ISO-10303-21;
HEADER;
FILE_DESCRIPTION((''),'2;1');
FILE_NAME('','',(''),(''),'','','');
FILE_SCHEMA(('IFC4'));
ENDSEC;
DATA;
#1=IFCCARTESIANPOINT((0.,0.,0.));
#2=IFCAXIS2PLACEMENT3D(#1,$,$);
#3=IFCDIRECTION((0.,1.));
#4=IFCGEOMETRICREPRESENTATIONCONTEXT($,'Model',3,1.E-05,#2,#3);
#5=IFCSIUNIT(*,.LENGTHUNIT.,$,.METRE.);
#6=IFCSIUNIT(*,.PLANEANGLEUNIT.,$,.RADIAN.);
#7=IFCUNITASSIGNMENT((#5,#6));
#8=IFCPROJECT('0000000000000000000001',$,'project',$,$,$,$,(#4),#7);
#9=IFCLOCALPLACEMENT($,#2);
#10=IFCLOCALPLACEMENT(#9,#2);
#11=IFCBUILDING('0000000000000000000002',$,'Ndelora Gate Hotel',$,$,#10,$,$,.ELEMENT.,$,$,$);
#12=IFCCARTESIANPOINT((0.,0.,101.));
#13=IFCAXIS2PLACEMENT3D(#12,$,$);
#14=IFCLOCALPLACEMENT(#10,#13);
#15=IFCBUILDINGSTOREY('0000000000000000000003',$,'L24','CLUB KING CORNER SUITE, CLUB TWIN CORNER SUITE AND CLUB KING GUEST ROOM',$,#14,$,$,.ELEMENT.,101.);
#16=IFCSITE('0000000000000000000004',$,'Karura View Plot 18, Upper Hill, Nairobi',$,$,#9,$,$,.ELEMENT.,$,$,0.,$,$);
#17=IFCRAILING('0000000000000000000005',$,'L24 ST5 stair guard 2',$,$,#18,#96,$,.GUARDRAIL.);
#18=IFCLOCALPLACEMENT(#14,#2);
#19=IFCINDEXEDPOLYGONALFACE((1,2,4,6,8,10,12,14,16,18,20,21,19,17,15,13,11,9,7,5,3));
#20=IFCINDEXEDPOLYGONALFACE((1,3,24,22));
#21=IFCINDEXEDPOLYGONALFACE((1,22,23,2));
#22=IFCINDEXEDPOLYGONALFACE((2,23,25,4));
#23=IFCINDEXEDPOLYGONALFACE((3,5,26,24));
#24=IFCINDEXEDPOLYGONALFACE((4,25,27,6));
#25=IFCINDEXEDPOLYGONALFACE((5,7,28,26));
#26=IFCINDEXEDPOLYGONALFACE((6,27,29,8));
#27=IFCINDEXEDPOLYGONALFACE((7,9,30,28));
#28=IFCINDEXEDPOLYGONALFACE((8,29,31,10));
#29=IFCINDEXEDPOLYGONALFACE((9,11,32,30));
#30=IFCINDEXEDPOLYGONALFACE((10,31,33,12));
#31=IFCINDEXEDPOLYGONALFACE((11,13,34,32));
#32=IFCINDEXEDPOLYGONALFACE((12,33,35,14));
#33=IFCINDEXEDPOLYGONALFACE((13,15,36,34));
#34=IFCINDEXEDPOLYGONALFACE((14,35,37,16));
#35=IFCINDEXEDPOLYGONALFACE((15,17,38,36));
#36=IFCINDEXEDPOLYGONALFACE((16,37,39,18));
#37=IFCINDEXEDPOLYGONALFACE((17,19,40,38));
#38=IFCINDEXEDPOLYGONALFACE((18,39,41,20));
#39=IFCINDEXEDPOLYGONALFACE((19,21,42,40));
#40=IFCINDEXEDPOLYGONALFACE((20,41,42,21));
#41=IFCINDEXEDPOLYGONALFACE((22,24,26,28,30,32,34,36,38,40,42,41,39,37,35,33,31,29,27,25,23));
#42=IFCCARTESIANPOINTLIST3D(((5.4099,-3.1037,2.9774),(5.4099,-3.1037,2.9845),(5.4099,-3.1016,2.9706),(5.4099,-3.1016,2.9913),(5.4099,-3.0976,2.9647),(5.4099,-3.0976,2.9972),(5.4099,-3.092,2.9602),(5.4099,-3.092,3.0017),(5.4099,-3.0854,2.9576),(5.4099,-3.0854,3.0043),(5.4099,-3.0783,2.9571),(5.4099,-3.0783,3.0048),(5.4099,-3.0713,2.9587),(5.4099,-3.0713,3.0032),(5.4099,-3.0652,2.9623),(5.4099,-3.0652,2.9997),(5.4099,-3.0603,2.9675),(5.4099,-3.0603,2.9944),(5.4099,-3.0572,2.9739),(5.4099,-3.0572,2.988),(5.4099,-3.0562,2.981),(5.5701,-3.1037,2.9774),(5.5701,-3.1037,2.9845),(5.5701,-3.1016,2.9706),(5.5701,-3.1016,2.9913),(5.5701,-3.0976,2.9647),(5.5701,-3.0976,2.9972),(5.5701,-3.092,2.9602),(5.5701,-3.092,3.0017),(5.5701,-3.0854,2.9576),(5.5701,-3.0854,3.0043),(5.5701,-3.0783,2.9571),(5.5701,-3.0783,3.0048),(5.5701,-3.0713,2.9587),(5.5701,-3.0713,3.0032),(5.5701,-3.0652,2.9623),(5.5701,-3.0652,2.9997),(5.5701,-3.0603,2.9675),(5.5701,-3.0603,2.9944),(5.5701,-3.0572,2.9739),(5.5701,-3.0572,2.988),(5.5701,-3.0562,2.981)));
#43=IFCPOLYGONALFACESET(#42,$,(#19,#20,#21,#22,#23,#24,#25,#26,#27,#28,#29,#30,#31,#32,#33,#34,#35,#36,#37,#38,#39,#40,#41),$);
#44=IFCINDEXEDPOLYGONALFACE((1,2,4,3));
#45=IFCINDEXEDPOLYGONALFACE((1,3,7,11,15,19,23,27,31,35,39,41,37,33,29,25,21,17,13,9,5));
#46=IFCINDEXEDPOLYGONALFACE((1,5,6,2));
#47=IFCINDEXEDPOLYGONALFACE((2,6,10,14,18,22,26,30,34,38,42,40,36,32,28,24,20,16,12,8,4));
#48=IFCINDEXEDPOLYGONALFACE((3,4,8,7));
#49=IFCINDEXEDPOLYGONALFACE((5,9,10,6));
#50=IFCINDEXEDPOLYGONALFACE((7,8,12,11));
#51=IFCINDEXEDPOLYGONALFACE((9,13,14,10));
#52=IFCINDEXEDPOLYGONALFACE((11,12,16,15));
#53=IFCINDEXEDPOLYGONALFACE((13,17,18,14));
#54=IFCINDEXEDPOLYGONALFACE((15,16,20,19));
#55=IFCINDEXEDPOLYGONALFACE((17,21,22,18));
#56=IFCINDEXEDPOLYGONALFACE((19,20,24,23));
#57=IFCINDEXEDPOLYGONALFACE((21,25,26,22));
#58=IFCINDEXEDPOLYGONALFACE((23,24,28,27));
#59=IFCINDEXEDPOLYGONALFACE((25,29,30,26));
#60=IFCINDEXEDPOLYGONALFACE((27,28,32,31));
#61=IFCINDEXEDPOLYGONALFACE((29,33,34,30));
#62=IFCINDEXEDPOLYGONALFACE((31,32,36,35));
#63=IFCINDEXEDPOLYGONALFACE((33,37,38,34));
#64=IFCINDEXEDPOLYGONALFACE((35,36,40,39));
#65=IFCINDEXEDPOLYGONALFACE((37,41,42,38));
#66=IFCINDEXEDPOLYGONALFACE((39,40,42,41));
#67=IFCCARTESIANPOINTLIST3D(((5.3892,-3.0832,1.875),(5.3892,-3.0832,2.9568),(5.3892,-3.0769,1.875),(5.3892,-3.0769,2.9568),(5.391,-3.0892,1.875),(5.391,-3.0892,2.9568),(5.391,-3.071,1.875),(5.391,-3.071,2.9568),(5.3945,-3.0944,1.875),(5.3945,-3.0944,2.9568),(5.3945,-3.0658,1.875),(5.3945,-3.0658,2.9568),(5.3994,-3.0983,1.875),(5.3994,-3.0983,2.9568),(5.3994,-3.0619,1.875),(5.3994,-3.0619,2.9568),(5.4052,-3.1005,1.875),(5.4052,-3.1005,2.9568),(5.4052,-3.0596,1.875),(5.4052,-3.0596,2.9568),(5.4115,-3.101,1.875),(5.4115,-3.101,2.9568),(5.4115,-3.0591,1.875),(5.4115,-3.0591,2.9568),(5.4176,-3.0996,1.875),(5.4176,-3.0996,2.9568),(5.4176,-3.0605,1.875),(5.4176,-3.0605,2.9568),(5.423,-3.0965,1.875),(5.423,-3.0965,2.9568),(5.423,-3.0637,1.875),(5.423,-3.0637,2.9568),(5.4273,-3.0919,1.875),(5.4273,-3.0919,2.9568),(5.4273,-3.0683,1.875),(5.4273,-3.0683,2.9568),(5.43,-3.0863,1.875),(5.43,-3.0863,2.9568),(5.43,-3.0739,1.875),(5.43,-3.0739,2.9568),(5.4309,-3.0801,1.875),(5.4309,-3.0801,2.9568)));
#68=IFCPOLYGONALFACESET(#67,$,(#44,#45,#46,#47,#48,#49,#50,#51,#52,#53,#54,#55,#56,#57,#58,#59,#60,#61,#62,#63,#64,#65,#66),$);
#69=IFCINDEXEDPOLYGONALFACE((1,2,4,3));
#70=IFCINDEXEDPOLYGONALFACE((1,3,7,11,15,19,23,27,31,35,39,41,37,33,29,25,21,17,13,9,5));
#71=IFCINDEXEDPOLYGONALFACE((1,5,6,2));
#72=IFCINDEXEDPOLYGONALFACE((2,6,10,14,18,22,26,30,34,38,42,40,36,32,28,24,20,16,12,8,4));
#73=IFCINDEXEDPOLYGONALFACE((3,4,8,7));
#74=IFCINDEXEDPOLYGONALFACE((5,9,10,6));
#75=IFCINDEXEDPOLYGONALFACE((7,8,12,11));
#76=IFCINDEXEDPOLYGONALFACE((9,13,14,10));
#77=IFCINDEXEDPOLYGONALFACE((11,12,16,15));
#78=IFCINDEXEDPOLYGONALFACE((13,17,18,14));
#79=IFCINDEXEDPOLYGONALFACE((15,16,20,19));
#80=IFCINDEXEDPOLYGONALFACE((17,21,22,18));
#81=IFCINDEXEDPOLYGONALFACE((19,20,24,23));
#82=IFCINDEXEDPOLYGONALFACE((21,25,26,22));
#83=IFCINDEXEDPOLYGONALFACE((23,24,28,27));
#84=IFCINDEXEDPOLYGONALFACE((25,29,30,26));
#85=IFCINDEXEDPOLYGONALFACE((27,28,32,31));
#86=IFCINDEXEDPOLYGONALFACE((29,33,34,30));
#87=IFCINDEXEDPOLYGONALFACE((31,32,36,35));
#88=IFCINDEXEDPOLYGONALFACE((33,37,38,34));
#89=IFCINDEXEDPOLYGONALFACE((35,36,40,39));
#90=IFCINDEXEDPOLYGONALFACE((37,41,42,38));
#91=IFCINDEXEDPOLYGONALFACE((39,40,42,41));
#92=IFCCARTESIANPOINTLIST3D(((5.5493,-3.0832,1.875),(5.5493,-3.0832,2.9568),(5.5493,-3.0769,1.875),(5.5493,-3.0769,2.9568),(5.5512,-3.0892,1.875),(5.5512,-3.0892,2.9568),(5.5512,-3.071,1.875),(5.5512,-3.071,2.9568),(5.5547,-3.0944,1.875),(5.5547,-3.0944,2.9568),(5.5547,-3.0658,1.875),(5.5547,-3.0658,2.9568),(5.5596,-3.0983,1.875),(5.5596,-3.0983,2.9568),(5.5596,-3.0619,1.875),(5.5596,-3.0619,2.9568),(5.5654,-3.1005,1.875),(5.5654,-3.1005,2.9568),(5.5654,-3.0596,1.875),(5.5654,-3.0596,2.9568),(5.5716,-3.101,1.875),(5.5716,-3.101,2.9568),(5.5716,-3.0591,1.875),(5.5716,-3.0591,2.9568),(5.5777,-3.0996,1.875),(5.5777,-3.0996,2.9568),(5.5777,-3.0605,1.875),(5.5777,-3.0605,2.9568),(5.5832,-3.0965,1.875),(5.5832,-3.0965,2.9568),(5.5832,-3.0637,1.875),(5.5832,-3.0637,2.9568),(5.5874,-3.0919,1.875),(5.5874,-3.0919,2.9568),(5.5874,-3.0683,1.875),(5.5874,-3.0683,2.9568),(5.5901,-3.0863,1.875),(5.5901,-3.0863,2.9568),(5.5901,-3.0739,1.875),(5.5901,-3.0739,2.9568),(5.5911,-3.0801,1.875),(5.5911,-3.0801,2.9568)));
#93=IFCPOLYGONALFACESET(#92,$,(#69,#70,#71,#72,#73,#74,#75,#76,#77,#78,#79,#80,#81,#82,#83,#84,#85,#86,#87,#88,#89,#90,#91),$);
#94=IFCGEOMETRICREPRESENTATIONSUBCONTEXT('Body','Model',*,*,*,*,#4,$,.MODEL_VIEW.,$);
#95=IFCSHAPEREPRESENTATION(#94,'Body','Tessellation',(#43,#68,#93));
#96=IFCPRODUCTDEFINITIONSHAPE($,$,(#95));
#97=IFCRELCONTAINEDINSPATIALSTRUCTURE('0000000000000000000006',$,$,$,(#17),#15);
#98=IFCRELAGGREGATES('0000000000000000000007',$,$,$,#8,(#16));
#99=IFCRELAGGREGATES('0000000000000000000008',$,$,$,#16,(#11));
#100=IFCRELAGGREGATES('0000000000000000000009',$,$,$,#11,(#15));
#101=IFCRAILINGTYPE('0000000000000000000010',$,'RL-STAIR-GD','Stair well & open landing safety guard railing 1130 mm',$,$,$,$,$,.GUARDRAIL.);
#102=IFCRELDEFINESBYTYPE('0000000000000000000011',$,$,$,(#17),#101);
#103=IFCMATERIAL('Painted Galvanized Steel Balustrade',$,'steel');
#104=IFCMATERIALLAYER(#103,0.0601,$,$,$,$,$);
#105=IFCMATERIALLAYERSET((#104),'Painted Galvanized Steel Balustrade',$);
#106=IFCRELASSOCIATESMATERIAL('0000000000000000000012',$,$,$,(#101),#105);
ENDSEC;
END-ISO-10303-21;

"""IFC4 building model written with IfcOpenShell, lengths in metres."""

from ifc_helpers import new_model, si_unit, direction, frame, origin, origin_2d, place, context, subcontext, project, spatial, circle, extrude, material, layer, layer_set, type_object, element, save


model = new_model("IFC4")

# Units and contexts
model_context = context("Model", 3, precision=1e-05, world=origin(), true_north=direction((0.0, 1.0)))
body_context = subcontext(model_context, "Body", "Model", "MODEL_VIEW")
ifc_project = project(units=[si_unit("LENGTHUNIT", "METRE"), si_unit("PLANEANGLEUNIT", "RADIAN")], contexts=[model_context])

# Site, building, storey
site_placement = place(None, origin())
site = spatial("IfcSite", under=ifc_project, at=site_placement, Name="Karura View Plot 18, Upper Hill, Nairobi", CompositionType="ELEMENT", RefElevation=0.0)
building_placement = place(site_placement, origin())
building = spatial("IfcBuilding", under=site, at=building_placement, Name="Ndelora Gate Hotel", CompositionType="ELEMENT")
storey_placement = place(building_placement, frame((0.0, 0.0, 101.0)))
storey = spatial("IfcBuildingStorey", under=building, at=storey_placement, Name="L24", Description="CLUB KING CORNER SUITE, CLUB TWIN CORNER SUITE AND CLUB KING GUEST ROOM", CompositionType="ELEMENT", Elevation=101.0)

# Railing
ifc_material_1 = material(Name="Painted Galvanized Steel Balustrade", Category="steel")
ifc_layer_1 = layer(ifc_material_1, 0.0601)
ifc_layer_set_1 = layer_set([ifc_layer_1], Name="Painted Galvanized Steel Balustrade")
railing_type_1 = type_object("IfcRailingType", Name="RL-STAIR-GD", Description="Stair well & open landing safety guard railing 1130 mm", PredefinedType="GUARDRAIL", material=ifc_layer_set_1)
railing_1_placement = place(storey_placement, frame((5.4099, -3.0801, 1.875)))
element("IfcRailing", 1, at=railing_1_placement, inside=storey, type_object=railing_type_1, Name="L24 ST5 stair guard 2", PredefinedType="GUARDRAIL", context=body_context, shape_type="SweptSolid", body=[
    extrude(circle(Radius=0.0239, at=origin_2d()), frame((0.0, 0.0, 1.106), z_axis=(1.0, 0.0, 0.0), x_axis=(0.0, 1.0, 0.0)), (0.0, 0.0, 1.0), 0.1602),
    extrude(circle(Radius=0.021, at=origin_2d()), origin(), (0.0, 0.0, 1.0), 1.0818),
    extrude(circle(Radius=0.021, at=origin_2d()), frame((0.1602, 0.0, 0.0)), (0.0, 0.0, 1.0), 1.0818),
])

save(model, "model.ifc")
